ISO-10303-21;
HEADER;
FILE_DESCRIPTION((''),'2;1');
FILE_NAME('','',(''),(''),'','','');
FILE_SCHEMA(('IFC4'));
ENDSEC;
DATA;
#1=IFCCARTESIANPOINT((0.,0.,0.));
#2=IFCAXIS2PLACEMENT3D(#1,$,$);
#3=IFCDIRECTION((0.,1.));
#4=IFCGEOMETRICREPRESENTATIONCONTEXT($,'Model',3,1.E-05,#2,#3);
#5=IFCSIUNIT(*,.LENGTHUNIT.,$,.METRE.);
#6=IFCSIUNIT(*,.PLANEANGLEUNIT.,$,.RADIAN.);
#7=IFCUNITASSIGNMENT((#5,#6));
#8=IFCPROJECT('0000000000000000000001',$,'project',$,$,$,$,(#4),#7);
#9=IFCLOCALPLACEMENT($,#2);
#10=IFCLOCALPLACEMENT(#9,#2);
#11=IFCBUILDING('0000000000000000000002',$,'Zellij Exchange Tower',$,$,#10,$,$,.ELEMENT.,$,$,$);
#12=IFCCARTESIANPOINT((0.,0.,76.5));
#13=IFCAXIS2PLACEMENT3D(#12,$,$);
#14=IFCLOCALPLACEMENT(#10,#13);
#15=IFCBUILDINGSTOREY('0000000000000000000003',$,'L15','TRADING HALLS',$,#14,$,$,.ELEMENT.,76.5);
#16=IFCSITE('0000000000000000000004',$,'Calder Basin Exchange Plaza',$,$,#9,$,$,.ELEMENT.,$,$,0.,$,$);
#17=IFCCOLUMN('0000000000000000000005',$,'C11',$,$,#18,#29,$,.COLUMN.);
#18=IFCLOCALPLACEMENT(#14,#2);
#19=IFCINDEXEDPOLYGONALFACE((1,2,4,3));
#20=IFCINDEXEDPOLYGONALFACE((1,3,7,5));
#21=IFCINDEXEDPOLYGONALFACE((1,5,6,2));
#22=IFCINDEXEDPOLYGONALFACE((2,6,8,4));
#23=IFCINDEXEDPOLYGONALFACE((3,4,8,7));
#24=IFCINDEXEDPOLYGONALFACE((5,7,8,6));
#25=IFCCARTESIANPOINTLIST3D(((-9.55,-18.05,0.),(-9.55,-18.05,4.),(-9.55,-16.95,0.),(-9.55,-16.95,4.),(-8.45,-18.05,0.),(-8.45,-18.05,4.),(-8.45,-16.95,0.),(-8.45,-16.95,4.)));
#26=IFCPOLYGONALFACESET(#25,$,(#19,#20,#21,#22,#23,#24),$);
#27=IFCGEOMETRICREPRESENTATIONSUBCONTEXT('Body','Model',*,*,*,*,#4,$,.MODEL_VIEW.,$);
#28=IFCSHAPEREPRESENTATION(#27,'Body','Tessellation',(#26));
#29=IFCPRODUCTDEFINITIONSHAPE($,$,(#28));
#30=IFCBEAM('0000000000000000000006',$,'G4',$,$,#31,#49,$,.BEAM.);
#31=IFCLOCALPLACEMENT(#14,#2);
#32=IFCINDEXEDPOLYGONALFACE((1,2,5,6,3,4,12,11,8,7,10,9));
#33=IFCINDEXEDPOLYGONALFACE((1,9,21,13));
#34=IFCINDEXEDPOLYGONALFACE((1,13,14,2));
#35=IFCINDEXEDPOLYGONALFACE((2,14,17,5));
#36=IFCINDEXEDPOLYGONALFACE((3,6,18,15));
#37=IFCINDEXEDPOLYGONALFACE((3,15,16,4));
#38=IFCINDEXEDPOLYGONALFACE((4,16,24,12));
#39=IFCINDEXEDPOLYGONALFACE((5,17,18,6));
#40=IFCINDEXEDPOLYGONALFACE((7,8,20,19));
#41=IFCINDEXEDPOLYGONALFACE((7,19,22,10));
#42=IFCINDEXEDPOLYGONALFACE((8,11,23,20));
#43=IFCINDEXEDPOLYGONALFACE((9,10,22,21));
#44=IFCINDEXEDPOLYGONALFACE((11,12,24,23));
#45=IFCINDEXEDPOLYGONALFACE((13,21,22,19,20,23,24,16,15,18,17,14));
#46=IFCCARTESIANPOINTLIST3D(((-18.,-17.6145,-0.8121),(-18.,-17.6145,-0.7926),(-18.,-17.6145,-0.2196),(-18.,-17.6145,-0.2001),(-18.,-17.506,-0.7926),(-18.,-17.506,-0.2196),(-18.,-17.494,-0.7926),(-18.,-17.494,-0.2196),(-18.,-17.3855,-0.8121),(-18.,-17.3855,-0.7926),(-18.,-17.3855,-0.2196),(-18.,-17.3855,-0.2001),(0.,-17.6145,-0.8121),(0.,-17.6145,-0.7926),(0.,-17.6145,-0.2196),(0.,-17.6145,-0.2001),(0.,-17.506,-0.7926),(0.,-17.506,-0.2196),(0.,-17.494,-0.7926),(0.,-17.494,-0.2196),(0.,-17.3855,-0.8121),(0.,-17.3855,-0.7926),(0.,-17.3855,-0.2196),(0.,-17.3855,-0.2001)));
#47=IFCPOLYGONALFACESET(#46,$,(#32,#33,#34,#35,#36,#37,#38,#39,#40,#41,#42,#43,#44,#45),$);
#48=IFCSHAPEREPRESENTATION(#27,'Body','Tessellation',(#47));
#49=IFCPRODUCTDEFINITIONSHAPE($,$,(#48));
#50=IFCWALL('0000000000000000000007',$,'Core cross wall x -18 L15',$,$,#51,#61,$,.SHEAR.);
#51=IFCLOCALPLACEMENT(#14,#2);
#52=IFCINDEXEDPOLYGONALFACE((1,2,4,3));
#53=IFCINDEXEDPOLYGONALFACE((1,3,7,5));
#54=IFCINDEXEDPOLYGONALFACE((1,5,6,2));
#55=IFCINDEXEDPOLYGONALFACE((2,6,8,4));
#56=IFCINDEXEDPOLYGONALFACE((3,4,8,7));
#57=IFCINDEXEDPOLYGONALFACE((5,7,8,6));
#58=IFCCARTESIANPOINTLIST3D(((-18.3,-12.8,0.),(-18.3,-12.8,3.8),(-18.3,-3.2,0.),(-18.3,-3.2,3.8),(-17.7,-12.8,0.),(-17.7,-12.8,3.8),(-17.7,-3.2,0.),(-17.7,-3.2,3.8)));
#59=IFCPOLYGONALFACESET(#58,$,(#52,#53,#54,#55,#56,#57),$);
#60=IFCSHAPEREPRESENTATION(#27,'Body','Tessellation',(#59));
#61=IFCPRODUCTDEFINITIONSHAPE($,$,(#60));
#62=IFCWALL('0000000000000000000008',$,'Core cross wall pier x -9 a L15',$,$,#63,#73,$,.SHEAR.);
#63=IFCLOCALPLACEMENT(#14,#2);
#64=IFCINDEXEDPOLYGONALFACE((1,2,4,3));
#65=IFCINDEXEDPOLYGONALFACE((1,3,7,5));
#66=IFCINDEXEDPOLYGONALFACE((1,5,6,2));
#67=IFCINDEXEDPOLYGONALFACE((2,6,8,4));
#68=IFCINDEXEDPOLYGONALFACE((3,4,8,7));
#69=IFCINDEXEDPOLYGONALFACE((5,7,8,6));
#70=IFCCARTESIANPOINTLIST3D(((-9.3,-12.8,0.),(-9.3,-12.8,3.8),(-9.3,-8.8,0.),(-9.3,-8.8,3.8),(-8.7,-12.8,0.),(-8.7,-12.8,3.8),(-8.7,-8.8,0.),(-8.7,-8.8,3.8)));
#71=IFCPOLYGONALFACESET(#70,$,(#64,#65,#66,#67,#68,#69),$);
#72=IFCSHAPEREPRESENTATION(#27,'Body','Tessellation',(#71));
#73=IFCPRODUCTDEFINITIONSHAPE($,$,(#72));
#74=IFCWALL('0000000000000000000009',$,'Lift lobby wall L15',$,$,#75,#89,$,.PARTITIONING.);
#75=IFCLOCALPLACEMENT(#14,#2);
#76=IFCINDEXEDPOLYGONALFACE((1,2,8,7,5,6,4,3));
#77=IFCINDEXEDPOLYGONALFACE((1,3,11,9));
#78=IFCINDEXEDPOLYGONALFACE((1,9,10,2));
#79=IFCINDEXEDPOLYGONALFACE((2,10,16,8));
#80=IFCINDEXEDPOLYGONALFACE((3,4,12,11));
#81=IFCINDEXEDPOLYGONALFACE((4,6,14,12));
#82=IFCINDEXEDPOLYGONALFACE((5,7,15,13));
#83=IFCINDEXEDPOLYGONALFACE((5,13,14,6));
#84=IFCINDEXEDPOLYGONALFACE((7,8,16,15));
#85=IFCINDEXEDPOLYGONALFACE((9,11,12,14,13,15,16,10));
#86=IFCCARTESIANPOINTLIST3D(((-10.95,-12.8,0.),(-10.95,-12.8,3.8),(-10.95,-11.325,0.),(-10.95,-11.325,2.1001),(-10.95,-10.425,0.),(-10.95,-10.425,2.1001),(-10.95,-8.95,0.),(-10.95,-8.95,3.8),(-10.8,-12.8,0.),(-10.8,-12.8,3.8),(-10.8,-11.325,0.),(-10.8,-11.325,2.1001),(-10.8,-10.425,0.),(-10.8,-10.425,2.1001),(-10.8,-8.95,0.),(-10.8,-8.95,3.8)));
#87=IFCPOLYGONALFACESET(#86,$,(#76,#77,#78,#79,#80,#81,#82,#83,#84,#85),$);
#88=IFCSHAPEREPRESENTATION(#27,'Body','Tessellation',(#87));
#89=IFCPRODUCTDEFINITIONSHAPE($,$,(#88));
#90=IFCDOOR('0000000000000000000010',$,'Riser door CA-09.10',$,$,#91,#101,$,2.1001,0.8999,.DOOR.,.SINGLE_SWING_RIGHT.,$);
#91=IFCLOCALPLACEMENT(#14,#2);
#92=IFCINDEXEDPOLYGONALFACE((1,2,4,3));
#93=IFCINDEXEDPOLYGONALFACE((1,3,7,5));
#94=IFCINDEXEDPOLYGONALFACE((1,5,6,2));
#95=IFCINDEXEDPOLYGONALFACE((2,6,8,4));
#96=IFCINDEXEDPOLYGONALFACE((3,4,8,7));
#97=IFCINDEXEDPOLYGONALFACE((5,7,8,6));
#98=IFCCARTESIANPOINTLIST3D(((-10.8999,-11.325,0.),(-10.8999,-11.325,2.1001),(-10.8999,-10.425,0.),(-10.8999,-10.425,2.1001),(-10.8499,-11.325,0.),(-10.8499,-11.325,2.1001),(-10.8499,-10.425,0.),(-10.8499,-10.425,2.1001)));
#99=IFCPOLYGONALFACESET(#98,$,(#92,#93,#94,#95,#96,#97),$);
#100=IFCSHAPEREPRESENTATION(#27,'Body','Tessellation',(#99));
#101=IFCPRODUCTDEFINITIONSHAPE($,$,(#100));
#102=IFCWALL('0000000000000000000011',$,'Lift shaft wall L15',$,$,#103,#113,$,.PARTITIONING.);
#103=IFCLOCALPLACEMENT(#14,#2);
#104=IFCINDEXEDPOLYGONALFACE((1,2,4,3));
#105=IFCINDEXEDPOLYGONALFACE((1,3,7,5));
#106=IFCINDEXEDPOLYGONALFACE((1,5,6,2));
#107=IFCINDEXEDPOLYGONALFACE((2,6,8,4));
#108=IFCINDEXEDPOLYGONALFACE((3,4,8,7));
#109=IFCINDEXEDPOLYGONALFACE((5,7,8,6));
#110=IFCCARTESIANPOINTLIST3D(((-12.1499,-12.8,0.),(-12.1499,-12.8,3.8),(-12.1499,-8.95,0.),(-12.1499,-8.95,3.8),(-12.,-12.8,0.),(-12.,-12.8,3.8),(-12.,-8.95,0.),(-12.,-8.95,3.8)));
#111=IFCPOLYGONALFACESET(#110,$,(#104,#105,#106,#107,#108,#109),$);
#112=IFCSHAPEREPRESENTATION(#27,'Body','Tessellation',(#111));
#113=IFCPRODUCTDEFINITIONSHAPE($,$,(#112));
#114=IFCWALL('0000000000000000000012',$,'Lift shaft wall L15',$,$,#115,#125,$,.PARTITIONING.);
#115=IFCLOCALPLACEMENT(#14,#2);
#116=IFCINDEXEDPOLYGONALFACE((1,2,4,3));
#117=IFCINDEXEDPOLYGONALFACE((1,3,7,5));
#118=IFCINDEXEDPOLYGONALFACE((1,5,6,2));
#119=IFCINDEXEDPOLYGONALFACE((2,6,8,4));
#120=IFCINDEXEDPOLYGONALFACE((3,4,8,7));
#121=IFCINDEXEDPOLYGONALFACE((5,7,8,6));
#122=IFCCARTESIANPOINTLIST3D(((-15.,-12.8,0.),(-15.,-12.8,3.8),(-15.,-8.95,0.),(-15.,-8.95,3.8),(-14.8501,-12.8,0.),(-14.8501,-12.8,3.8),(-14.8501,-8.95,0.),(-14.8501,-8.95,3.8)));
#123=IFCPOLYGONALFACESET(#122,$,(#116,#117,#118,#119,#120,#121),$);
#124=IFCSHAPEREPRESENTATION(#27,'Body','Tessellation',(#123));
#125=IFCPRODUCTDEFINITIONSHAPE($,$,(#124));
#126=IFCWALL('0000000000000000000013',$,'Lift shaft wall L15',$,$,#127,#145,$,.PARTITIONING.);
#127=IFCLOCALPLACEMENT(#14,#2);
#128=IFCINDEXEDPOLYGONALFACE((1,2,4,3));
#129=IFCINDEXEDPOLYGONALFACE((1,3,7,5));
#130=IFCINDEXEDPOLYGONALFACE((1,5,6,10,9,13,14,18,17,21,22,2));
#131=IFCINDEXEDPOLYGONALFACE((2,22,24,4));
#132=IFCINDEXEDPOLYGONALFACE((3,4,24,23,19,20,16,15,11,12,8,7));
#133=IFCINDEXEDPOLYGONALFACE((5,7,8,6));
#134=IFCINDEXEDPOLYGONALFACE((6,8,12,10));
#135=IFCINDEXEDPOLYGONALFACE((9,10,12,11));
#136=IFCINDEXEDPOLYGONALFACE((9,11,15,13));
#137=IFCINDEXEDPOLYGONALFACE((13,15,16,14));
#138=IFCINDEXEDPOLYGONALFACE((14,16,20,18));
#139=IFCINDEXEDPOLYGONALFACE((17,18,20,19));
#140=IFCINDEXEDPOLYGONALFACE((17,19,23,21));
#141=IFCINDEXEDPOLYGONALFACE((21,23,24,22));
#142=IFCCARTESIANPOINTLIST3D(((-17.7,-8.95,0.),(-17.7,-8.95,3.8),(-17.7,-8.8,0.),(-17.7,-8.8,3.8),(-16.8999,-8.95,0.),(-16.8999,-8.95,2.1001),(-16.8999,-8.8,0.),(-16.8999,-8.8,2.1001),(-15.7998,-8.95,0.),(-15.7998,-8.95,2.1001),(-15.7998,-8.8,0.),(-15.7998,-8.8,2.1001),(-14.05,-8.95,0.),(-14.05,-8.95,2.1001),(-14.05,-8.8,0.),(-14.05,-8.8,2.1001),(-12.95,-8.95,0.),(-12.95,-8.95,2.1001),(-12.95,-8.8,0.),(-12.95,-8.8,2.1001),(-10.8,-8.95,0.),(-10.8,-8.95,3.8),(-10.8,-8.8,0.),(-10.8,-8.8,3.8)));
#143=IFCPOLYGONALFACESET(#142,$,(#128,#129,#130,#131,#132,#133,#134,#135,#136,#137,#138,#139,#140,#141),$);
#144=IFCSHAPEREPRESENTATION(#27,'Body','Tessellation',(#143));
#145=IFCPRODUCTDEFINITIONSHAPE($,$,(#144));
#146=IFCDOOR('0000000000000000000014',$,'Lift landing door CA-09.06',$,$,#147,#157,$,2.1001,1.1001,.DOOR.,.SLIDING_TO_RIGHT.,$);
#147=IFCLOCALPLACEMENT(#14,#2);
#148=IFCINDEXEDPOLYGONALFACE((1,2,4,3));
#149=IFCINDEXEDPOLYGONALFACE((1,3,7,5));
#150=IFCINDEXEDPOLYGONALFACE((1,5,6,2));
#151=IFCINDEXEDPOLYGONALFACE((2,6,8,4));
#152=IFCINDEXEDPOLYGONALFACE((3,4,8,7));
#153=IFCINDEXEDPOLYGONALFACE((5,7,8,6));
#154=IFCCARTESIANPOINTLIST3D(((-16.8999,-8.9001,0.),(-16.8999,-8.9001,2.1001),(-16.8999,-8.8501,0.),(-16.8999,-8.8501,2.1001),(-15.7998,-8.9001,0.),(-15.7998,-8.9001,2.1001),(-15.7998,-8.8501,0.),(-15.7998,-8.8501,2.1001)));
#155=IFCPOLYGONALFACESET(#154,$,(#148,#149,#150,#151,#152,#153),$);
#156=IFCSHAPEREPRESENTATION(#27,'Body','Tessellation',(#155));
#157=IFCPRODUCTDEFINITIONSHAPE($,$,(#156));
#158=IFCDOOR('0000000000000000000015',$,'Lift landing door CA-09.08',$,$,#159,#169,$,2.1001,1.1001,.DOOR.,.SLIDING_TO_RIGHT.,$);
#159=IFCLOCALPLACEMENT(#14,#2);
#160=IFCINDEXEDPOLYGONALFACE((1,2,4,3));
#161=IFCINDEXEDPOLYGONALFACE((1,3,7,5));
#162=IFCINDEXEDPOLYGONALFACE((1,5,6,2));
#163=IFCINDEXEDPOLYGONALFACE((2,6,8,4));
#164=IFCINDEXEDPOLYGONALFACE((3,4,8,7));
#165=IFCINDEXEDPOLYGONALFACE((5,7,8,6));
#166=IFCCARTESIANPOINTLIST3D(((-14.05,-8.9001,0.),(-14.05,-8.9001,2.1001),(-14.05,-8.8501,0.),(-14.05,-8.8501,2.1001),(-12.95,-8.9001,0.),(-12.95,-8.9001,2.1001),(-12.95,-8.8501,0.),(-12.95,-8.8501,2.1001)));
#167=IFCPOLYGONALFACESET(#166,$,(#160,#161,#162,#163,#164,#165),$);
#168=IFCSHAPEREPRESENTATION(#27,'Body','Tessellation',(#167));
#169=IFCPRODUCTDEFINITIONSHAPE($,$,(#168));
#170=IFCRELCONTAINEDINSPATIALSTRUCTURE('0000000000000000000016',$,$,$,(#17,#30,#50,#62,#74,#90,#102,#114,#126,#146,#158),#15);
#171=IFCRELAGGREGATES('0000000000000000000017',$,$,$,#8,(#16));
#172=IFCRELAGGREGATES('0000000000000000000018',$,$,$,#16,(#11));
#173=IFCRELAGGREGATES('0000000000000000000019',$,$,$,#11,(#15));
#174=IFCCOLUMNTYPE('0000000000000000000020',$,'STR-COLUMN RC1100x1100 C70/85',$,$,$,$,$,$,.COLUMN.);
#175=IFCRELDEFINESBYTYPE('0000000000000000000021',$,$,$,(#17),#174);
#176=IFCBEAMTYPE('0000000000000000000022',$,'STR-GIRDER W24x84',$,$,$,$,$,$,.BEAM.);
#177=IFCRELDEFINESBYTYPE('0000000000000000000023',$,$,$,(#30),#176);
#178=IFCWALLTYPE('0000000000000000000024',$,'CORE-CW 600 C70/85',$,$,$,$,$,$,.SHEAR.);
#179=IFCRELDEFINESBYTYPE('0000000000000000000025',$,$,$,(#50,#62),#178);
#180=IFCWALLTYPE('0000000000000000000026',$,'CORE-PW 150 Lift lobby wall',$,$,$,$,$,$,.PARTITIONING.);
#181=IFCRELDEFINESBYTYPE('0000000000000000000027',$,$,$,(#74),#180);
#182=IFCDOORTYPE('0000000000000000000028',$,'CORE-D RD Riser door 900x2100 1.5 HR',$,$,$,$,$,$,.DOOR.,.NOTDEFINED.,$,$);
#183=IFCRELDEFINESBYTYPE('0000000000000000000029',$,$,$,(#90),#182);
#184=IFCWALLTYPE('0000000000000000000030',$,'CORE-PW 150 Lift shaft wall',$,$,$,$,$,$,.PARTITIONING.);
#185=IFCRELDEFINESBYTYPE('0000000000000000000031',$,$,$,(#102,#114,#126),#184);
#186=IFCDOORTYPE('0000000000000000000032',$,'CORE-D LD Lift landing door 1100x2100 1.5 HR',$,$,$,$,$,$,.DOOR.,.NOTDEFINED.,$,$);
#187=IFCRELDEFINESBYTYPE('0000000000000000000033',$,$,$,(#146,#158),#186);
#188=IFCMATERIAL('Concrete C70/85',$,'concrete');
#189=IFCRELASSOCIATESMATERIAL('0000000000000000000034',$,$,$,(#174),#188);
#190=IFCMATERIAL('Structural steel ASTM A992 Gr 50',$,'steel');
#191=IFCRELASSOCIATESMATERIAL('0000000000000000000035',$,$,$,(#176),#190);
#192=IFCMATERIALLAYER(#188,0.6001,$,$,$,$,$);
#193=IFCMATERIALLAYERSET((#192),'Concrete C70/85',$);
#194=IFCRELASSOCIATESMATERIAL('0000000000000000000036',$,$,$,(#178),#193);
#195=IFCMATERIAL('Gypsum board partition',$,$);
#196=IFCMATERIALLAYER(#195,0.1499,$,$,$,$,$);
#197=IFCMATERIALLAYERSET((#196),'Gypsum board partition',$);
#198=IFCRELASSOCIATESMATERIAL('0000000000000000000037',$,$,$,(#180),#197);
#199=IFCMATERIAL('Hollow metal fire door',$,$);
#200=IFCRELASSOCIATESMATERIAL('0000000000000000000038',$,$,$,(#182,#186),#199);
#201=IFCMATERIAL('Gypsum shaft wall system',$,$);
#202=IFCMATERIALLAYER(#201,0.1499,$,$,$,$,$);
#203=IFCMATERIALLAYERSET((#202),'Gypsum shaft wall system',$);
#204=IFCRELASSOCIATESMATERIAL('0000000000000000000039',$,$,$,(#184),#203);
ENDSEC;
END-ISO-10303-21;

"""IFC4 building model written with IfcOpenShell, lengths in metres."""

from ifc_helpers import new_model, si_unit, direction, frame, frame_2d, origin, origin_2d, place, context, subcontext, project, spatial, rectangle, i_section, extrude, material, layer, layer_set, material_profile, profile_set, type_object, element, fill, save


model = new_model("IFC4")

# Units and contexts
model_context = context("Model", 3, precision=1e-05, world=origin(), true_north=direction((0.0, 1.0)))
body_context = subcontext(model_context, "Body", "Model", "MODEL_VIEW")
ifc_project = project(units=[si_unit("LENGTHUNIT", "METRE"), si_unit("PLANEANGLEUNIT", "RADIAN")], contexts=[model_context])

# Site, building, storey
site_placement = place(None, origin())
site = spatial("IfcSite", under=ifc_project, at=site_placement, Name="Calder Basin Exchange Plaza", CompositionType="ELEMENT", RefElevation=0.0)
building_placement = place(site_placement, origin())
building = spatial("IfcBuilding", under=site, at=building_placement, Name="Zellij Exchange Tower", CompositionType="ELEMENT")
storey_placement = place(building_placement, frame((0.0, 0.0, 76.5)))
storey = spatial("IfcBuildingStorey", under=building, at=storey_placement, Name="L15", Description="TRADING HALLS", CompositionType="ELEMENT", Elevation=76.5)

# Column
ifc_material_1 = material(Name="Concrete C70/85", Category="concrete")
ifc_material_profile_1 = material_profile(ifc_material_1, rectangle(XDim=1.1001, YDim=1.1001, at=origin_2d()), Name="STR-COLUMN RC1100x1100 C70/85")
ifc_profile_set_1 = profile_set([ifc_material_profile_1], Name="Concrete C70/85")
column_type = type_object("IfcColumnType", Name="STR-COLUMN RC1100x1100 C70/85", PredefinedType="COLUMN", material=ifc_profile_set_1)
column_placement = place(storey_placement, frame((-9.0, -17.5, 0.0), z_axis=(0.0, 0.0, 1.0), x_axis=(1.0, 0.0, 0.0)))
element("IfcColumn", 1, at=column_placement, inside=storey, type_object=column_type, Name="C11", PredefinedType="COLUMN", context=body_context, shape_type="SweptSolid", body=[
    extrude(rectangle(XDim=1.1001, YDim=1.1001, at=origin_2d()), origin(), (0.0, 0.0, 1.0), 4.0),
])

# Beam
ifc_material_2 = material(Name="Structural steel ASTM A992 Gr 50", Category="steel")
ifc_material_profile_2 = material_profile(ifc_material_2, i_section(OverallWidth=0.229, OverallDepth=0.6121, WebThickness=0.012, FlangeThickness=0.0195, at=origin_2d()), Name="W24x84")
ifc_profile_set_2 = profile_set([ifc_material_profile_2], Name="Structural steel ASTM A992 Gr 50")
beam_type = type_object("IfcBeamType", Name="STR-GIRDER W24x84", PredefinedType="BEAM", material=ifc_profile_set_2)
beam_placement = place(storey_placement, frame((-18.0, -17.5, -0.5061), z_axis=(1.0, 0.0, 0.0), x_axis=(0.0, 1.0, 0.0)))
element("IfcBeam", 2, at=beam_placement, inside=storey, type_object=beam_type, Name="G4", PredefinedType="BEAM", context=body_context, shape_type="SweptSolid", body=[
    extrude(i_section(OverallWidth=0.229, OverallDepth=0.6121, WebThickness=0.012, FlangeThickness=0.0195, at=origin_2d()), origin(), (0.0, 0.0, 1.0), 18.0),
])

# Walls
ifc_layer_1 = layer(ifc_material_1, 0.6001)
ifc_layer_set_1 = layer_set([ifc_layer_1], Name="Concrete C70/85")
wall_type_1 = type_object("IfcWallType", Name="CORE-CW 600 C70/85", PredefinedType="SHEAR", material=ifc_layer_set_1)
wall_1_placement = place(storey_placement, frame((-18.0, -12.8, 0.0), z_axis=(0.0, 0.0, 1.0), x_axis=(0.0, 1.0, 0.0)))
element("IfcWall", 3, at=wall_1_placement, inside=storey, type_object=wall_type_1, Name="Core cross wall x -18 L15", PredefinedType="SHEAR", context=body_context, shape_type="SweptSolid", body=[
    extrude(rectangle(XDim=9.6001, YDim=0.6001, at=frame_2d((4.8, 0.0))), origin(), (0.0, 0.0, 1.0), 3.8),
])
wall_2_placement = place(storey_placement, frame((-9.0, -12.8, 0.0), z_axis=(0.0, 0.0, 1.0), x_axis=(0.0, 1.0, 0.0)))
element("IfcWall", 4, at=wall_2_placement, inside=storey, type_object=wall_type_1, Name="Core cross wall pier x -9 a L15", PredefinedType="SHEAR", context=body_context, shape_type="SweptSolid", body=[
    extrude(rectangle(XDim=4.0, YDim=0.6001, at=frame_2d((2.0, 0.0))), origin(), (0.0, 0.0, 1.0), 3.8),
])

# Wall, opening, door
ifc_material_3 = material(Name="Gypsum board partition")
ifc_layer_2 = layer(ifc_material_3, 0.1499)
ifc_layer_set_2 = layer_set([ifc_layer_2], Name="Gypsum board partition")
wall_type_2 = type_object("IfcWallType", Name="CORE-PW 150 Lift lobby wall", PredefinedType="PARTITIONING", material=ifc_layer_set_2)
wall_3_placement = place(storey_placement, frame((-10.875, -12.8, 0.0), z_axis=(0.0, 0.0, 1.0), x_axis=(0.0, 1.0, 0.0)))
wall_3 = element("IfcWall", 5, at=wall_3_placement, inside=storey, type_object=wall_type_2, Name="Lift lobby wall L15", PredefinedType="PARTITIONING", context=body_context, shape_type="SweptSolid", body=[
    extrude(rectangle(XDim=3.8501, YDim=0.1499, at=frame_2d((1.925, 0.0))), origin(), (0.0, 0.0, 1.0), 3.8),
])
opening_1_placement = place(wall_3_placement, frame((1.4751, 0.0, 0.0)))
opening_1 = element("IfcOpeningElement", 6, at=opening_1_placement, cuts=wall_3, PredefinedType="OPENING", context=body_context, shape_type="SweptSolid", body=[
    extrude(rectangle(XDim=0.8999, YDim=2.1001, at=frame_2d((0.45, 1.05))), frame((0.0, 0.0869, 0.0), z_axis=(0.0, -1.0, 0.0), x_axis=(1.0, 0.0, 0.0)), (0.0, 0.0, 1.0), 0.1738),
])
ifc_material_4 = material(Name="Hollow metal fire door")
door_type_1 = type_object("IfcDoorType", Name="CORE-D RD Riser door 900x2100 1.5 HR", OperationType="NOTDEFINED", PredefinedType="DOOR", material=ifc_material_4)
door_1_placement = place(opening_1_placement, origin())
door_1 = element("IfcDoor", 7, at=door_1_placement, inside=storey, type_object=door_type_1, Name="Riser door CA-09.10", OperationType="SINGLE_SWING_RIGHT", OverallHeight=2.1001, OverallWidth=0.8999, PredefinedType="DOOR", context=body_context, shape_type="SweptSolid", body=[
    extrude(rectangle(XDim=0.8999, YDim=2.1001, at=frame_2d((0.45, 1.05))), frame((0.0, 0.0249, 0.0), z_axis=(0.0, -1.0, 0.0), x_axis=(1.0, 0.0, 0.0)), (0.0, 0.0, 1.0), 0.05),
])
fill(opening_1, door_1)

# Walls
ifc_material_5 = material(Name="Gypsum shaft wall system")
ifc_layer_3 = layer(ifc_material_5, 0.1499)
ifc_layer_set_3 = layer_set([ifc_layer_3], Name="Gypsum shaft wall system")
wall_type_3 = type_object("IfcWallType", Name="CORE-PW 150 Lift shaft wall", PredefinedType="PARTITIONING", material=ifc_layer_set_3)
for number, where, z_axis, x_axis, name in (
    (8, (-12.075, -12.8, 0.0), (0.0, 0.0, 1.0), (0.0, 1.0, 0.0), "Lift shaft wall L15"),
    (9, (-14.925, -12.8, 0.0), (0.0, 0.0, 1.0), (0.0, 1.0, 0.0), "Lift shaft wall L15"),
):
    element("IfcWall", number, at=place(storey_placement, frame(where, z_axis=z_axis, x_axis=x_axis)), inside=storey, type_object=wall_type_3, Name=name, PredefinedType="PARTITIONING", context=body_context, shape_type="SweptSolid", body=[
        extrude(rectangle(XDim=3.8501, YDim=0.1499, at=frame_2d((1.925, 0.0))), origin(), (0.0, 0.0, 1.0), 3.8),
    ])

# Wall, openings, doors
wall_4_placement = place(storey_placement, frame((-17.7, -8.875, 0.0), z_axis=(0.0, 0.0, 1.0), x_axis=(1.0, 0.0, 0.0)))
wall_4 = element("IfcWall", 10, at=wall_4_placement, inside=storey, type_object=wall_type_3, Name="Lift shaft wall L15", PredefinedType="PARTITIONING", context=body_context, shape_type="SweptSolid", body=[
    extrude(rectangle(XDim=6.8999, YDim=0.1499, at=frame_2d((3.45, 0.0))), origin(), (0.0, 0.0, 1.0), 3.8),
])
opening_2_placement = place(wall_4_placement, frame((0.8, 0.0, 0.0)))
opening_2 = element("IfcOpeningElement", 11, at=opening_2_placement, cuts=wall_4, PredefinedType="OPENING", context=body_context, shape_type="SweptSolid", body=[
    extrude(rectangle(XDim=1.1001, YDim=2.1001, at=frame_2d((0.55, 1.05))), frame((0.0, 0.0869, 0.0), z_axis=(0.0, -1.0, 0.0), x_axis=(1.0, 0.0, 0.0)), (0.0, 0.0, 1.0), 0.1738),
])
opening_3_placement = place(wall_4_placement, frame((3.6499, 0.0, 0.0)))
opening_3 = element("IfcOpeningElement", 12, at=opening_3_placement, cuts=wall_4, PredefinedType="OPENING", context=body_context, shape_type="SweptSolid", body=[
    extrude(rectangle(XDim=1.1001, YDim=2.1001, at=frame_2d((0.55, 1.05))), frame((0.0, 0.0869, 0.0), z_axis=(0.0, -1.0, 0.0), x_axis=(1.0, 0.0, 0.0)), (0.0, 0.0, 1.0), 0.1738),
])
door_type_2 = type_object("IfcDoorType", Name="CORE-D LD Lift landing door 1100x2100 1.5 HR", OperationType="NOTDEFINED", PredefinedType="DOOR", material=ifc_material_4)
door_2_placement = place(opening_2_placement, origin())
door_2 = element("IfcDoor", 13, at=door_2_placement, inside=storey, type_object=door_type_2, Name="Lift landing door CA-09.06", OperationType="SLIDING_TO_RIGHT", OverallHeight=2.1001, OverallWidth=1.1001, PredefinedType="DOOR", context=body_context, shape_type="SweptSolid", body=[
    extrude(rectangle(XDim=1.1001, YDim=2.1001, at=frame_2d((0.55, 1.05))), frame((0.0, 0.0249, 0.0), z_axis=(0.0, -1.0, 0.0), x_axis=(1.0, 0.0, 0.0)), (0.0, 0.0, 1.0), 0.05),
])
fill(opening_2, door_2)
door_3_placement = place(opening_3_placement, origin())
door_3 = element("IfcDoor", 14, at=door_3_placement, inside=storey, type_object=door_type_2, Name="Lift landing door CA-09.08", OperationType="SLIDING_TO_RIGHT", OverallHeight=2.1001, OverallWidth=1.1001, PredefinedType="DOOR", context=body_context, shape_type="SweptSolid", body=[
    extrude(rectangle(XDim=1.1001, YDim=2.1001, at=frame_2d((0.55, 1.05))), frame((0.0, 0.0249, 0.0), z_axis=(0.0, -1.0, 0.0), x_axis=(1.0, 0.0, 0.0)), (0.0, 0.0, 1.0), 0.05),
])
fill(opening_3, door_3)

save(model, "model.ifc")
